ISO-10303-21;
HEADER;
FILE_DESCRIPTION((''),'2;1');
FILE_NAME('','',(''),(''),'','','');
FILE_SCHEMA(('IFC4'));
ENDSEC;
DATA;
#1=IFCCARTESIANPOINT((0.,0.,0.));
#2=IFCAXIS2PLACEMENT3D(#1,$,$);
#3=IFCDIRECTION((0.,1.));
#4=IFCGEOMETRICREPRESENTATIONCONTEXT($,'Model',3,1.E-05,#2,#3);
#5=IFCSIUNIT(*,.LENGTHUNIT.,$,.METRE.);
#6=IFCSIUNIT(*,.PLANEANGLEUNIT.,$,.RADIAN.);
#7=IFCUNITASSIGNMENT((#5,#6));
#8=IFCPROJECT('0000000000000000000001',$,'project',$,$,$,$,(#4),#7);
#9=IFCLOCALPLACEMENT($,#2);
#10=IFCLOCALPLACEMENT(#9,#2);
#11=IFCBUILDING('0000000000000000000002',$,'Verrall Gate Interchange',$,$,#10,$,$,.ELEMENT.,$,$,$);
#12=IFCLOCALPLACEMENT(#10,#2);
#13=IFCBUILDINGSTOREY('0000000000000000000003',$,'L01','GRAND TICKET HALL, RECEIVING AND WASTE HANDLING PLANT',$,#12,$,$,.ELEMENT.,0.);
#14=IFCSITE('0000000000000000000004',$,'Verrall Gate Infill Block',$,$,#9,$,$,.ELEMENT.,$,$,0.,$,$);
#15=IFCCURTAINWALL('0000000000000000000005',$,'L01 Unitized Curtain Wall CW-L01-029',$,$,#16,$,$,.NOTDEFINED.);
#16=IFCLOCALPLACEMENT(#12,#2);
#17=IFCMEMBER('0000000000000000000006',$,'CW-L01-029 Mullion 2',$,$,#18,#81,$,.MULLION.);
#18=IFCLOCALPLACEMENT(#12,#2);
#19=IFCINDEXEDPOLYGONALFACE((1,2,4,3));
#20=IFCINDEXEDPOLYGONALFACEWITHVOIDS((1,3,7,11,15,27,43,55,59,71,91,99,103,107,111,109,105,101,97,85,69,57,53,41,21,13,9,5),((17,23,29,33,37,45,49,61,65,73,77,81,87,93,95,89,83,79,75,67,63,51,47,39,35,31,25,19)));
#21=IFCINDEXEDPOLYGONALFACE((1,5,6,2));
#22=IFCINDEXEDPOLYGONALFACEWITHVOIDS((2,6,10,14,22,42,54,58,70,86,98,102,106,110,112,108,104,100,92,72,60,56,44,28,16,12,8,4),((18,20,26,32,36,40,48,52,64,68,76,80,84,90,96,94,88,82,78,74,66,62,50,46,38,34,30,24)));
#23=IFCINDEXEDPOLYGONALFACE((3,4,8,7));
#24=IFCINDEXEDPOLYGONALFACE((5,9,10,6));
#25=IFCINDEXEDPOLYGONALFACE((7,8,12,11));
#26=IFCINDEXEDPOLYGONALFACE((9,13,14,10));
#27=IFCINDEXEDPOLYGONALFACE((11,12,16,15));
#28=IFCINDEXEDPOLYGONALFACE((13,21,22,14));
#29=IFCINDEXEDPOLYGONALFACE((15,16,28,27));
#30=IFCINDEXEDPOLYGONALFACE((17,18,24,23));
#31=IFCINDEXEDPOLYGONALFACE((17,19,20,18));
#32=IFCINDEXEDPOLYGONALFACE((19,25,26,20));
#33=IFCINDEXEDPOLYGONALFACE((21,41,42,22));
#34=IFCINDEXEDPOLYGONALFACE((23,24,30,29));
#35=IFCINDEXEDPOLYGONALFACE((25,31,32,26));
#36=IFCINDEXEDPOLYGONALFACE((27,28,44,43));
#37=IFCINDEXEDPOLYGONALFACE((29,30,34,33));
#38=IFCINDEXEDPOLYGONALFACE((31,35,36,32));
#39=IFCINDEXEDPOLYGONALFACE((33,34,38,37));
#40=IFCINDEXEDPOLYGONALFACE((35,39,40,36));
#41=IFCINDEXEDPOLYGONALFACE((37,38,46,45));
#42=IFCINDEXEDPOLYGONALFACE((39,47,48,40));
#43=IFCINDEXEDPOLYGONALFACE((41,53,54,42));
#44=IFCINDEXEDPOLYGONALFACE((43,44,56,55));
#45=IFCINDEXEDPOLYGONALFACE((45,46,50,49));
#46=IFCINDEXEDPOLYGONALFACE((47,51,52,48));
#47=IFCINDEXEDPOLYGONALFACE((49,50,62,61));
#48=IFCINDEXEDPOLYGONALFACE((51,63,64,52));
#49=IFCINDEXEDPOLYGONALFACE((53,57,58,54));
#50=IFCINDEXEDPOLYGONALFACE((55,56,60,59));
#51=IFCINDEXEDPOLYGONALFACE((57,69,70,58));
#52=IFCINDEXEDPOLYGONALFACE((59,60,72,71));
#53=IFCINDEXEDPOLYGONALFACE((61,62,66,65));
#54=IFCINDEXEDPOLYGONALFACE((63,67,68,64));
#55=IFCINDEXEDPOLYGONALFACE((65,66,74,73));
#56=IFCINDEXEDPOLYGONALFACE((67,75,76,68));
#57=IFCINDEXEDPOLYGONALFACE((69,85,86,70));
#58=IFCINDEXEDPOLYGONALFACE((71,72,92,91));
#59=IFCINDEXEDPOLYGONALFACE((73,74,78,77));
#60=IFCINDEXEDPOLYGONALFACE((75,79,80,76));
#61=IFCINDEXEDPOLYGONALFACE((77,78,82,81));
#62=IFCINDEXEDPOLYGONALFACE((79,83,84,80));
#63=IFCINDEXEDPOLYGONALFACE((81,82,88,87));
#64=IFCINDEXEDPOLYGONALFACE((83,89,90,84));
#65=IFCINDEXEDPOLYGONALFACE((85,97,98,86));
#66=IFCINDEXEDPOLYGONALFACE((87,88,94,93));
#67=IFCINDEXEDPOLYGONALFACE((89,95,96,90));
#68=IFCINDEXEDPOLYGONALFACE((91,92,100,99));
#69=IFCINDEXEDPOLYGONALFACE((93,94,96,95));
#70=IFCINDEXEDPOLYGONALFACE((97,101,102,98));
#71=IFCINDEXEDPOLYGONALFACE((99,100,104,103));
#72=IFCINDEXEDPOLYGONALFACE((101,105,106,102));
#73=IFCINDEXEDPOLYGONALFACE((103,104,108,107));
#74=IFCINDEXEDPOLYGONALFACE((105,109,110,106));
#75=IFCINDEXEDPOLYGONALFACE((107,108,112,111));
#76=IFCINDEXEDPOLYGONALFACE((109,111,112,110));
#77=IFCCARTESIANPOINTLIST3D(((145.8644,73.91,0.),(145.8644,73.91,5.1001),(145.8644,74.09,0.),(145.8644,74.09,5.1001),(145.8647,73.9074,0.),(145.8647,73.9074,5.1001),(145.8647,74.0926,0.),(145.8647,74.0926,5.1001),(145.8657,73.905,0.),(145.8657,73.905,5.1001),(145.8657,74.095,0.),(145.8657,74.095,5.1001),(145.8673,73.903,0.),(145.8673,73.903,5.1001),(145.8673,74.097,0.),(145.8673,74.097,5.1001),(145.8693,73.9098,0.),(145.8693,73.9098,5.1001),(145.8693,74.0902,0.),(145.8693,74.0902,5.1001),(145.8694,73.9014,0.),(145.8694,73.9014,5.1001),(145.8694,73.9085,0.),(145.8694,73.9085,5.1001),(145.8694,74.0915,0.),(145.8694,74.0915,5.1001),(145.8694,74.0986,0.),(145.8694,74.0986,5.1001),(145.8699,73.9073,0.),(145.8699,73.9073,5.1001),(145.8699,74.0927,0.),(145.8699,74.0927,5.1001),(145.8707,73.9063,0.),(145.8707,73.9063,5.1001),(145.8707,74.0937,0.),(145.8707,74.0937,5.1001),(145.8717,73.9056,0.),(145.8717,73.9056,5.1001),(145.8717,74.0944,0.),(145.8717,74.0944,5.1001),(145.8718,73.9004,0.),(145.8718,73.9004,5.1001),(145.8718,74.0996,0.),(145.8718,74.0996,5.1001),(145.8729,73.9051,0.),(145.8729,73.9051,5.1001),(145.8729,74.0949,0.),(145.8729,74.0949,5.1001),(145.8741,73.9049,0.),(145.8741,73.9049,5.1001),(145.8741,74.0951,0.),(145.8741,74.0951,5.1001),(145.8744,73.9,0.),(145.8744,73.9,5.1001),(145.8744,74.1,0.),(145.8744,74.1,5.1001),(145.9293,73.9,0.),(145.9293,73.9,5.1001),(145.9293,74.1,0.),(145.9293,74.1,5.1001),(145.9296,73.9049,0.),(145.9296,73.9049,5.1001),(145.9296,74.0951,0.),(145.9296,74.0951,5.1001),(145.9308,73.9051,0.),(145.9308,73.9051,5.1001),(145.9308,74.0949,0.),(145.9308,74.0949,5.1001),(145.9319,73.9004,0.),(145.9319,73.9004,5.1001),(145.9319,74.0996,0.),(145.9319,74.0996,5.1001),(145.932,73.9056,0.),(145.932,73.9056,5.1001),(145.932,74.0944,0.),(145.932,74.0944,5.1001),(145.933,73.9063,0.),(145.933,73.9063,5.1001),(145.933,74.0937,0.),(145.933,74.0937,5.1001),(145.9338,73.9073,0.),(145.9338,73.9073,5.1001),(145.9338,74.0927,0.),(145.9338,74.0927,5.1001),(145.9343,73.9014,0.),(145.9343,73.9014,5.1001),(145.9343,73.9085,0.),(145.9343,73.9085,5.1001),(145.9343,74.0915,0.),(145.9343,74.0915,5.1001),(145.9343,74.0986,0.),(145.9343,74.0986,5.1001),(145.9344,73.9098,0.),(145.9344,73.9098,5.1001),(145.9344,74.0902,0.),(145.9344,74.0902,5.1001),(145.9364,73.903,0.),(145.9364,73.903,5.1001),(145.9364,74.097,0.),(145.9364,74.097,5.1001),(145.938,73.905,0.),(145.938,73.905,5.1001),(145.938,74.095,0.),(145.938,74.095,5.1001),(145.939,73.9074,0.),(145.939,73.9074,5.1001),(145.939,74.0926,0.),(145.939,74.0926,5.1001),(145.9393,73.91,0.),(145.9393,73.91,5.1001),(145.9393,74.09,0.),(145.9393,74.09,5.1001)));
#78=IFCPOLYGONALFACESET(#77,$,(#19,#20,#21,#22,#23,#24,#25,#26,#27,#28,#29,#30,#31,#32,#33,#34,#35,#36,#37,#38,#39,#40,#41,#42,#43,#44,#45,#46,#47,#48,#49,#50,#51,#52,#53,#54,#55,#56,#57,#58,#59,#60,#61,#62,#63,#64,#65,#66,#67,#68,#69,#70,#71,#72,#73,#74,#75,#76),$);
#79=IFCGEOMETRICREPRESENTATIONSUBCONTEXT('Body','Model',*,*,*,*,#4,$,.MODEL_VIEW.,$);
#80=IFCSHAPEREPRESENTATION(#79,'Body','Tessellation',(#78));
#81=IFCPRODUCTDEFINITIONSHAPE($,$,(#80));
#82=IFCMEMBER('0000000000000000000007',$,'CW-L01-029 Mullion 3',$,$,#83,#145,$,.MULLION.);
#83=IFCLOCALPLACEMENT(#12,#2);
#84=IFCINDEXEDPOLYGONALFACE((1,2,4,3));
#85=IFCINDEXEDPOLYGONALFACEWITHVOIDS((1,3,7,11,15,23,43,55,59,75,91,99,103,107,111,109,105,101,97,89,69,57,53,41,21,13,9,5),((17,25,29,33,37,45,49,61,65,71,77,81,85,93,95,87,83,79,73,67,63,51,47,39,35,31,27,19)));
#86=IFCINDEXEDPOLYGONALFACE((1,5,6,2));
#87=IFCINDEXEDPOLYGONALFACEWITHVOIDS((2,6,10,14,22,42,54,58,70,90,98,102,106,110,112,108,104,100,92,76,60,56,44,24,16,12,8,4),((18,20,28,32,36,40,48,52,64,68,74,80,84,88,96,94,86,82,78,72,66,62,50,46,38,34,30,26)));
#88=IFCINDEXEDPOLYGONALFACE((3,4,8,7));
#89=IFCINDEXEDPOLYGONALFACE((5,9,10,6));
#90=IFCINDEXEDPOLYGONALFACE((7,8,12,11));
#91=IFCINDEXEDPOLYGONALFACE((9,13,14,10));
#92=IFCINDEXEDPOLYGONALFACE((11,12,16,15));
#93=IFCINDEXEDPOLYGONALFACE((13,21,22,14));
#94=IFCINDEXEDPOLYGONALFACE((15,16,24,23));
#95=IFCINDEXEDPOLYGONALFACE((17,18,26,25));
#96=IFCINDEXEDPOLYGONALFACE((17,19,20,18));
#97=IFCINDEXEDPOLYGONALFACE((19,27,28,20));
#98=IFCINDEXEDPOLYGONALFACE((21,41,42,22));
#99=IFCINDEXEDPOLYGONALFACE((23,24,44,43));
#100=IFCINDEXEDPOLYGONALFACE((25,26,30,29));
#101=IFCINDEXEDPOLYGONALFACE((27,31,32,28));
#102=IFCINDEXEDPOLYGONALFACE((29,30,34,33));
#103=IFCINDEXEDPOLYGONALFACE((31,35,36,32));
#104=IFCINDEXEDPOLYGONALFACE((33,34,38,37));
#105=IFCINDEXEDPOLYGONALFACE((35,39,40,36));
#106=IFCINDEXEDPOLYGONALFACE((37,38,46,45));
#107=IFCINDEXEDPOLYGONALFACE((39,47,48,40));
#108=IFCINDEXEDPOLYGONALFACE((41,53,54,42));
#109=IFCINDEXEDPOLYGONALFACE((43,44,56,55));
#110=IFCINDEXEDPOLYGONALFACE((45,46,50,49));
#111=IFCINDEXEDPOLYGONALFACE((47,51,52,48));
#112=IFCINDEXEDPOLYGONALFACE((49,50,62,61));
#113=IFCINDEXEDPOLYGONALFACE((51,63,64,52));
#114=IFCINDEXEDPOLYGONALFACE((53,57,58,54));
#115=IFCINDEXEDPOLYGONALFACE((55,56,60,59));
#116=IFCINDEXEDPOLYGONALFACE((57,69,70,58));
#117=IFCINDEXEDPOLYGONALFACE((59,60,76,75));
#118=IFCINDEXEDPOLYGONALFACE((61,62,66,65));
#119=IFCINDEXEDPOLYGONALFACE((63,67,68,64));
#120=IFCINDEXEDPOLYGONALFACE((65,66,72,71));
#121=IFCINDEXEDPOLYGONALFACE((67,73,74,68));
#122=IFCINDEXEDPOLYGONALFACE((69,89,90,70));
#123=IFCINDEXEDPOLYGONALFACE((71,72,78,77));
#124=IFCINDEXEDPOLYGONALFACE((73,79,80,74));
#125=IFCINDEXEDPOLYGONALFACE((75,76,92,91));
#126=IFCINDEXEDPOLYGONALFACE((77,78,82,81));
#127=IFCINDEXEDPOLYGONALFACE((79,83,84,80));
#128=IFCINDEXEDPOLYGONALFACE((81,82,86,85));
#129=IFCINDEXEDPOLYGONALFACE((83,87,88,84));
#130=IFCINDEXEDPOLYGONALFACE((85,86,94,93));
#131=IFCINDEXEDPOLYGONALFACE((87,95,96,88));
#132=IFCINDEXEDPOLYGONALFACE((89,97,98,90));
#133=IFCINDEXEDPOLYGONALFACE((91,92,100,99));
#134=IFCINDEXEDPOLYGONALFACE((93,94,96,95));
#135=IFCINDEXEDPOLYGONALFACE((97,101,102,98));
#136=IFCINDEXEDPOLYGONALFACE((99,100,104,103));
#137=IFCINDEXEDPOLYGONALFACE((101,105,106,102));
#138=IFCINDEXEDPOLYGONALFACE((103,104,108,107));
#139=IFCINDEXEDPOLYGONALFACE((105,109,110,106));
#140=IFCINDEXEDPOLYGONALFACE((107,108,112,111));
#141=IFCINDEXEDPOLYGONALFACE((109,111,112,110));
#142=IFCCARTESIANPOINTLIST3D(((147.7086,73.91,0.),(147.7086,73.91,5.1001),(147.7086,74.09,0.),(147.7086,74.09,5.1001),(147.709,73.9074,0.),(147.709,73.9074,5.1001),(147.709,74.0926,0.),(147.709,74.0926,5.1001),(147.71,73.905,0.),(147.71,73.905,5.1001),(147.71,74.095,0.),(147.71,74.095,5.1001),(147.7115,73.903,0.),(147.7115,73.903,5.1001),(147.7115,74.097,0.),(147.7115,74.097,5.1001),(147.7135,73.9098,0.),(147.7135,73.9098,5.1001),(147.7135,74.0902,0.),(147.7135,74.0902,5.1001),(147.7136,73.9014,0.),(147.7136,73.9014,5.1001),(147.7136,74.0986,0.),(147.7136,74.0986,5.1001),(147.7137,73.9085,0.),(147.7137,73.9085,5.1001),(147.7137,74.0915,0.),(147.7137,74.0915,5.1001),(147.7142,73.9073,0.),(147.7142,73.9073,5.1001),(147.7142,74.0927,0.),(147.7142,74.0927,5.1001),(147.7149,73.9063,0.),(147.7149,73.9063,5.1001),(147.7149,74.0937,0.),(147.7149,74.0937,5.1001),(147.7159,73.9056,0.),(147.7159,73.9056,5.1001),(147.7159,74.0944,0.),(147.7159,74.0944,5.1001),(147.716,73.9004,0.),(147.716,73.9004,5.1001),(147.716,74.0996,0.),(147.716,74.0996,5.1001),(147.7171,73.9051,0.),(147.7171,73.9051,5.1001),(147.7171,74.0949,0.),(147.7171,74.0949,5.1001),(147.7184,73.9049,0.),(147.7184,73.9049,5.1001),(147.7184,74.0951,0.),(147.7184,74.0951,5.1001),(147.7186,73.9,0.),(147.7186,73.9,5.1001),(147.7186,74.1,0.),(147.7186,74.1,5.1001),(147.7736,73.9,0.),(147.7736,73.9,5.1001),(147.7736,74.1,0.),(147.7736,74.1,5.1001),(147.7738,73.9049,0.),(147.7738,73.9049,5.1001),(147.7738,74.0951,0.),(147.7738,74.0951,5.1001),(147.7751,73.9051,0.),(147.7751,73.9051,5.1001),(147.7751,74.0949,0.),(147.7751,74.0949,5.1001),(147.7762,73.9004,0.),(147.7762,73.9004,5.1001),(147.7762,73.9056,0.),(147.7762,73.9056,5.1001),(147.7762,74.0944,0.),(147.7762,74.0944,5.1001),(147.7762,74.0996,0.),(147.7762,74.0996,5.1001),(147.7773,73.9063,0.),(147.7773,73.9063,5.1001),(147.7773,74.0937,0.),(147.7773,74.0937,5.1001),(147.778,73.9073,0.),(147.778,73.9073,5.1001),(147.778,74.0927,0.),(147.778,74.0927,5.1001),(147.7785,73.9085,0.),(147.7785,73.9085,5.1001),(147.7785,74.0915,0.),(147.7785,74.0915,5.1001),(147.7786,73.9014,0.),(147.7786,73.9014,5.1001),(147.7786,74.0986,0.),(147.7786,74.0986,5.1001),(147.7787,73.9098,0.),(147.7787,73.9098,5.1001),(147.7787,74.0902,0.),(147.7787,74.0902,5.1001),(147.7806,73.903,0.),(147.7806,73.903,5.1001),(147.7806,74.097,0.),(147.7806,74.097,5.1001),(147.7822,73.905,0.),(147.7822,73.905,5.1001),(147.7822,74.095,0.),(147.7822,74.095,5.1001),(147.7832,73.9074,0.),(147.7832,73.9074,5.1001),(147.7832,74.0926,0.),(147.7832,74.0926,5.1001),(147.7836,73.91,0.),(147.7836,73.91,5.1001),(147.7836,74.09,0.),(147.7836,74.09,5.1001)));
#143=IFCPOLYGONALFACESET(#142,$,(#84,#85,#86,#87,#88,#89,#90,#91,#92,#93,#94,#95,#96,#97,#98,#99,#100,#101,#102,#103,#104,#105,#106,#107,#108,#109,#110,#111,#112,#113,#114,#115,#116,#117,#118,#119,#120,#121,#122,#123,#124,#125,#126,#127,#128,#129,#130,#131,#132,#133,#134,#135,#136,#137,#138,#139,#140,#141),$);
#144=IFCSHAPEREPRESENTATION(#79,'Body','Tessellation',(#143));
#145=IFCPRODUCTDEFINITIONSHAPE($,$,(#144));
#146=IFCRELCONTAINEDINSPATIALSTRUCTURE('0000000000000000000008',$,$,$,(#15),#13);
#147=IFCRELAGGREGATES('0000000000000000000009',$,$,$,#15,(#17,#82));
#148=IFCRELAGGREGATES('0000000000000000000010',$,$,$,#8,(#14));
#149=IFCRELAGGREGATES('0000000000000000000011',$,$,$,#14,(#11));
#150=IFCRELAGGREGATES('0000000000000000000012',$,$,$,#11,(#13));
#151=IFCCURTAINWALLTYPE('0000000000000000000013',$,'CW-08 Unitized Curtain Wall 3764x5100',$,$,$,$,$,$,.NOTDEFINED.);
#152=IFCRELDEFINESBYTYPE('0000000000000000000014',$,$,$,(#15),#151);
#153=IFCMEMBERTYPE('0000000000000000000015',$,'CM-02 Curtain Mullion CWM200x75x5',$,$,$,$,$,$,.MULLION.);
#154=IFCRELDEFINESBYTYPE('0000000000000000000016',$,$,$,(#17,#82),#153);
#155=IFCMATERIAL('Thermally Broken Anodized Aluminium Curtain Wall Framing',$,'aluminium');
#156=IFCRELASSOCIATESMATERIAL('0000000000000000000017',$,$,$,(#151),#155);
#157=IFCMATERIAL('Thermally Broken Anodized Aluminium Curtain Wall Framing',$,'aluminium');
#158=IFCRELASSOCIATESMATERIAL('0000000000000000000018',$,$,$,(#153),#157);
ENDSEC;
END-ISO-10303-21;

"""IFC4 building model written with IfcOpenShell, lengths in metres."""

from ifc_helpers import new_model, si_unit, direction, frame, origin, origin_2d, place, context, subcontext, project, spatial, hollow_rectangle, extrude, material, material_profile, profile_set, type_object, element, aggregate, save


model = new_model("IFC4")

# Units and contexts
model_context = context("Model", 3, precision=1e-05, world=origin(), true_north=direction((0.0, 1.0)))
body_context = subcontext(model_context, "Body", "Model", "MODEL_VIEW")
ifc_project = project(units=[si_unit("LENGTHUNIT", "METRE"), si_unit("PLANEANGLEUNIT", "RADIAN")], contexts=[model_context])

# Site, building, storey
site_placement = place(None, origin())
site = spatial("IfcSite", under=ifc_project, at=site_placement, Name="Verrall Gate Infill Block", CompositionType="ELEMENT", RefElevation=0.0)
building_placement = place(site_placement, origin())
building = spatial("IfcBuilding", under=site, at=building_placement, Name="Verrall Gate Interchange", CompositionType="ELEMENT")
storey_placement = place(building_placement, origin())
storey = spatial("IfcBuildingStorey", under=building, at=storey_placement, Name="L01", Description="GRAND TICKET HALL, RECEIVING AND WASTE HANDLING PLANT", CompositionType="ELEMENT", Elevation=0.0)

# Curtain wall, members
ifc_material_1 = material(Name="Thermally Broken Anodized Aluminium Curtain Wall Framing", Category="aluminium")
curtain_wall_type_1 = type_object("IfcCurtainWallType", Name="CW-08 Unitized Curtain Wall 3764x5100", PredefinedType="NOTDEFINED", material=ifc_material_1)
curtain_wall_1_placement = place(storey_placement, origin())
curtain_wall_1 = element("IfcCurtainWall", 1, at=curtain_wall_1_placement, inside=storey, type_object=curtain_wall_type_1, Name="L01 Unitized Curtain Wall CW-L01-029", PredefinedType="NOTDEFINED")
ifc_material_2 = material(Name="Thermally Broken Anodized Aluminium Curtain Wall Framing", Category="aluminium")
ifc_material_profile_1 = material_profile(ifc_material_2, hollow_rectangle(XDim=0.075, YDim=0.2, WallThickness=0.0049, InnerFilletRadius=0.0049, OuterFilletRadius=0.01, at=origin_2d()), Name="CWM200x75x5")
ifc_profile_set_1 = profile_set([ifc_material_profile_1], Name="Thermally Broken Anodized Aluminium Curtain Wall Framing")
member_type_1 = type_object("IfcMemberType", Name="CM-02 Curtain Mullion CWM200x75x5", PredefinedType="MULLION", material=ifc_profile_set_1)
member_1_placement = place(storey_placement, frame((145.9019, 74.0, 0.0), z_axis=(0.0, 0.0, 1.0), x_axis=(1.0, 0.0, 0.0)))
member_1 = element("IfcMember", 2, at=member_1_placement, type_object=member_type_1, Name="CW-L01-029 Mullion 2", PredefinedType="MULLION", context=body_context, shape_type="SweptSolid", body=[
    extrude(hollow_rectangle(XDim=0.075, YDim=0.2, WallThickness=0.0049, InnerFilletRadius=0.0049, OuterFilletRadius=0.01, at=origin_2d()), origin(), (0.0, 0.0, 1.0), 5.1001),
])
member_2_placement = place(storey_placement, frame((147.7461, 74.0, 0.0), z_axis=(0.0, 0.0, 1.0), x_axis=(1.0, 0.0, 0.0)))
member_2 = element("IfcMember", 3, at=member_2_placement, type_object=member_type_1, Name="CW-L01-029 Mullion 3", PredefinedType="MULLION", context=body_context, shape_type="SweptSolid", body=[
    extrude(hollow_rectangle(XDim=0.075, YDim=0.2, WallThickness=0.0049, InnerFilletRadius=0.0049, OuterFilletRadius=0.01, at=origin_2d()), origin(), (0.0, 0.0, 1.0), 5.1001),
])

aggregate(curtain_wall_1, [member_1, member_2])

save(model, "model.ifc")
